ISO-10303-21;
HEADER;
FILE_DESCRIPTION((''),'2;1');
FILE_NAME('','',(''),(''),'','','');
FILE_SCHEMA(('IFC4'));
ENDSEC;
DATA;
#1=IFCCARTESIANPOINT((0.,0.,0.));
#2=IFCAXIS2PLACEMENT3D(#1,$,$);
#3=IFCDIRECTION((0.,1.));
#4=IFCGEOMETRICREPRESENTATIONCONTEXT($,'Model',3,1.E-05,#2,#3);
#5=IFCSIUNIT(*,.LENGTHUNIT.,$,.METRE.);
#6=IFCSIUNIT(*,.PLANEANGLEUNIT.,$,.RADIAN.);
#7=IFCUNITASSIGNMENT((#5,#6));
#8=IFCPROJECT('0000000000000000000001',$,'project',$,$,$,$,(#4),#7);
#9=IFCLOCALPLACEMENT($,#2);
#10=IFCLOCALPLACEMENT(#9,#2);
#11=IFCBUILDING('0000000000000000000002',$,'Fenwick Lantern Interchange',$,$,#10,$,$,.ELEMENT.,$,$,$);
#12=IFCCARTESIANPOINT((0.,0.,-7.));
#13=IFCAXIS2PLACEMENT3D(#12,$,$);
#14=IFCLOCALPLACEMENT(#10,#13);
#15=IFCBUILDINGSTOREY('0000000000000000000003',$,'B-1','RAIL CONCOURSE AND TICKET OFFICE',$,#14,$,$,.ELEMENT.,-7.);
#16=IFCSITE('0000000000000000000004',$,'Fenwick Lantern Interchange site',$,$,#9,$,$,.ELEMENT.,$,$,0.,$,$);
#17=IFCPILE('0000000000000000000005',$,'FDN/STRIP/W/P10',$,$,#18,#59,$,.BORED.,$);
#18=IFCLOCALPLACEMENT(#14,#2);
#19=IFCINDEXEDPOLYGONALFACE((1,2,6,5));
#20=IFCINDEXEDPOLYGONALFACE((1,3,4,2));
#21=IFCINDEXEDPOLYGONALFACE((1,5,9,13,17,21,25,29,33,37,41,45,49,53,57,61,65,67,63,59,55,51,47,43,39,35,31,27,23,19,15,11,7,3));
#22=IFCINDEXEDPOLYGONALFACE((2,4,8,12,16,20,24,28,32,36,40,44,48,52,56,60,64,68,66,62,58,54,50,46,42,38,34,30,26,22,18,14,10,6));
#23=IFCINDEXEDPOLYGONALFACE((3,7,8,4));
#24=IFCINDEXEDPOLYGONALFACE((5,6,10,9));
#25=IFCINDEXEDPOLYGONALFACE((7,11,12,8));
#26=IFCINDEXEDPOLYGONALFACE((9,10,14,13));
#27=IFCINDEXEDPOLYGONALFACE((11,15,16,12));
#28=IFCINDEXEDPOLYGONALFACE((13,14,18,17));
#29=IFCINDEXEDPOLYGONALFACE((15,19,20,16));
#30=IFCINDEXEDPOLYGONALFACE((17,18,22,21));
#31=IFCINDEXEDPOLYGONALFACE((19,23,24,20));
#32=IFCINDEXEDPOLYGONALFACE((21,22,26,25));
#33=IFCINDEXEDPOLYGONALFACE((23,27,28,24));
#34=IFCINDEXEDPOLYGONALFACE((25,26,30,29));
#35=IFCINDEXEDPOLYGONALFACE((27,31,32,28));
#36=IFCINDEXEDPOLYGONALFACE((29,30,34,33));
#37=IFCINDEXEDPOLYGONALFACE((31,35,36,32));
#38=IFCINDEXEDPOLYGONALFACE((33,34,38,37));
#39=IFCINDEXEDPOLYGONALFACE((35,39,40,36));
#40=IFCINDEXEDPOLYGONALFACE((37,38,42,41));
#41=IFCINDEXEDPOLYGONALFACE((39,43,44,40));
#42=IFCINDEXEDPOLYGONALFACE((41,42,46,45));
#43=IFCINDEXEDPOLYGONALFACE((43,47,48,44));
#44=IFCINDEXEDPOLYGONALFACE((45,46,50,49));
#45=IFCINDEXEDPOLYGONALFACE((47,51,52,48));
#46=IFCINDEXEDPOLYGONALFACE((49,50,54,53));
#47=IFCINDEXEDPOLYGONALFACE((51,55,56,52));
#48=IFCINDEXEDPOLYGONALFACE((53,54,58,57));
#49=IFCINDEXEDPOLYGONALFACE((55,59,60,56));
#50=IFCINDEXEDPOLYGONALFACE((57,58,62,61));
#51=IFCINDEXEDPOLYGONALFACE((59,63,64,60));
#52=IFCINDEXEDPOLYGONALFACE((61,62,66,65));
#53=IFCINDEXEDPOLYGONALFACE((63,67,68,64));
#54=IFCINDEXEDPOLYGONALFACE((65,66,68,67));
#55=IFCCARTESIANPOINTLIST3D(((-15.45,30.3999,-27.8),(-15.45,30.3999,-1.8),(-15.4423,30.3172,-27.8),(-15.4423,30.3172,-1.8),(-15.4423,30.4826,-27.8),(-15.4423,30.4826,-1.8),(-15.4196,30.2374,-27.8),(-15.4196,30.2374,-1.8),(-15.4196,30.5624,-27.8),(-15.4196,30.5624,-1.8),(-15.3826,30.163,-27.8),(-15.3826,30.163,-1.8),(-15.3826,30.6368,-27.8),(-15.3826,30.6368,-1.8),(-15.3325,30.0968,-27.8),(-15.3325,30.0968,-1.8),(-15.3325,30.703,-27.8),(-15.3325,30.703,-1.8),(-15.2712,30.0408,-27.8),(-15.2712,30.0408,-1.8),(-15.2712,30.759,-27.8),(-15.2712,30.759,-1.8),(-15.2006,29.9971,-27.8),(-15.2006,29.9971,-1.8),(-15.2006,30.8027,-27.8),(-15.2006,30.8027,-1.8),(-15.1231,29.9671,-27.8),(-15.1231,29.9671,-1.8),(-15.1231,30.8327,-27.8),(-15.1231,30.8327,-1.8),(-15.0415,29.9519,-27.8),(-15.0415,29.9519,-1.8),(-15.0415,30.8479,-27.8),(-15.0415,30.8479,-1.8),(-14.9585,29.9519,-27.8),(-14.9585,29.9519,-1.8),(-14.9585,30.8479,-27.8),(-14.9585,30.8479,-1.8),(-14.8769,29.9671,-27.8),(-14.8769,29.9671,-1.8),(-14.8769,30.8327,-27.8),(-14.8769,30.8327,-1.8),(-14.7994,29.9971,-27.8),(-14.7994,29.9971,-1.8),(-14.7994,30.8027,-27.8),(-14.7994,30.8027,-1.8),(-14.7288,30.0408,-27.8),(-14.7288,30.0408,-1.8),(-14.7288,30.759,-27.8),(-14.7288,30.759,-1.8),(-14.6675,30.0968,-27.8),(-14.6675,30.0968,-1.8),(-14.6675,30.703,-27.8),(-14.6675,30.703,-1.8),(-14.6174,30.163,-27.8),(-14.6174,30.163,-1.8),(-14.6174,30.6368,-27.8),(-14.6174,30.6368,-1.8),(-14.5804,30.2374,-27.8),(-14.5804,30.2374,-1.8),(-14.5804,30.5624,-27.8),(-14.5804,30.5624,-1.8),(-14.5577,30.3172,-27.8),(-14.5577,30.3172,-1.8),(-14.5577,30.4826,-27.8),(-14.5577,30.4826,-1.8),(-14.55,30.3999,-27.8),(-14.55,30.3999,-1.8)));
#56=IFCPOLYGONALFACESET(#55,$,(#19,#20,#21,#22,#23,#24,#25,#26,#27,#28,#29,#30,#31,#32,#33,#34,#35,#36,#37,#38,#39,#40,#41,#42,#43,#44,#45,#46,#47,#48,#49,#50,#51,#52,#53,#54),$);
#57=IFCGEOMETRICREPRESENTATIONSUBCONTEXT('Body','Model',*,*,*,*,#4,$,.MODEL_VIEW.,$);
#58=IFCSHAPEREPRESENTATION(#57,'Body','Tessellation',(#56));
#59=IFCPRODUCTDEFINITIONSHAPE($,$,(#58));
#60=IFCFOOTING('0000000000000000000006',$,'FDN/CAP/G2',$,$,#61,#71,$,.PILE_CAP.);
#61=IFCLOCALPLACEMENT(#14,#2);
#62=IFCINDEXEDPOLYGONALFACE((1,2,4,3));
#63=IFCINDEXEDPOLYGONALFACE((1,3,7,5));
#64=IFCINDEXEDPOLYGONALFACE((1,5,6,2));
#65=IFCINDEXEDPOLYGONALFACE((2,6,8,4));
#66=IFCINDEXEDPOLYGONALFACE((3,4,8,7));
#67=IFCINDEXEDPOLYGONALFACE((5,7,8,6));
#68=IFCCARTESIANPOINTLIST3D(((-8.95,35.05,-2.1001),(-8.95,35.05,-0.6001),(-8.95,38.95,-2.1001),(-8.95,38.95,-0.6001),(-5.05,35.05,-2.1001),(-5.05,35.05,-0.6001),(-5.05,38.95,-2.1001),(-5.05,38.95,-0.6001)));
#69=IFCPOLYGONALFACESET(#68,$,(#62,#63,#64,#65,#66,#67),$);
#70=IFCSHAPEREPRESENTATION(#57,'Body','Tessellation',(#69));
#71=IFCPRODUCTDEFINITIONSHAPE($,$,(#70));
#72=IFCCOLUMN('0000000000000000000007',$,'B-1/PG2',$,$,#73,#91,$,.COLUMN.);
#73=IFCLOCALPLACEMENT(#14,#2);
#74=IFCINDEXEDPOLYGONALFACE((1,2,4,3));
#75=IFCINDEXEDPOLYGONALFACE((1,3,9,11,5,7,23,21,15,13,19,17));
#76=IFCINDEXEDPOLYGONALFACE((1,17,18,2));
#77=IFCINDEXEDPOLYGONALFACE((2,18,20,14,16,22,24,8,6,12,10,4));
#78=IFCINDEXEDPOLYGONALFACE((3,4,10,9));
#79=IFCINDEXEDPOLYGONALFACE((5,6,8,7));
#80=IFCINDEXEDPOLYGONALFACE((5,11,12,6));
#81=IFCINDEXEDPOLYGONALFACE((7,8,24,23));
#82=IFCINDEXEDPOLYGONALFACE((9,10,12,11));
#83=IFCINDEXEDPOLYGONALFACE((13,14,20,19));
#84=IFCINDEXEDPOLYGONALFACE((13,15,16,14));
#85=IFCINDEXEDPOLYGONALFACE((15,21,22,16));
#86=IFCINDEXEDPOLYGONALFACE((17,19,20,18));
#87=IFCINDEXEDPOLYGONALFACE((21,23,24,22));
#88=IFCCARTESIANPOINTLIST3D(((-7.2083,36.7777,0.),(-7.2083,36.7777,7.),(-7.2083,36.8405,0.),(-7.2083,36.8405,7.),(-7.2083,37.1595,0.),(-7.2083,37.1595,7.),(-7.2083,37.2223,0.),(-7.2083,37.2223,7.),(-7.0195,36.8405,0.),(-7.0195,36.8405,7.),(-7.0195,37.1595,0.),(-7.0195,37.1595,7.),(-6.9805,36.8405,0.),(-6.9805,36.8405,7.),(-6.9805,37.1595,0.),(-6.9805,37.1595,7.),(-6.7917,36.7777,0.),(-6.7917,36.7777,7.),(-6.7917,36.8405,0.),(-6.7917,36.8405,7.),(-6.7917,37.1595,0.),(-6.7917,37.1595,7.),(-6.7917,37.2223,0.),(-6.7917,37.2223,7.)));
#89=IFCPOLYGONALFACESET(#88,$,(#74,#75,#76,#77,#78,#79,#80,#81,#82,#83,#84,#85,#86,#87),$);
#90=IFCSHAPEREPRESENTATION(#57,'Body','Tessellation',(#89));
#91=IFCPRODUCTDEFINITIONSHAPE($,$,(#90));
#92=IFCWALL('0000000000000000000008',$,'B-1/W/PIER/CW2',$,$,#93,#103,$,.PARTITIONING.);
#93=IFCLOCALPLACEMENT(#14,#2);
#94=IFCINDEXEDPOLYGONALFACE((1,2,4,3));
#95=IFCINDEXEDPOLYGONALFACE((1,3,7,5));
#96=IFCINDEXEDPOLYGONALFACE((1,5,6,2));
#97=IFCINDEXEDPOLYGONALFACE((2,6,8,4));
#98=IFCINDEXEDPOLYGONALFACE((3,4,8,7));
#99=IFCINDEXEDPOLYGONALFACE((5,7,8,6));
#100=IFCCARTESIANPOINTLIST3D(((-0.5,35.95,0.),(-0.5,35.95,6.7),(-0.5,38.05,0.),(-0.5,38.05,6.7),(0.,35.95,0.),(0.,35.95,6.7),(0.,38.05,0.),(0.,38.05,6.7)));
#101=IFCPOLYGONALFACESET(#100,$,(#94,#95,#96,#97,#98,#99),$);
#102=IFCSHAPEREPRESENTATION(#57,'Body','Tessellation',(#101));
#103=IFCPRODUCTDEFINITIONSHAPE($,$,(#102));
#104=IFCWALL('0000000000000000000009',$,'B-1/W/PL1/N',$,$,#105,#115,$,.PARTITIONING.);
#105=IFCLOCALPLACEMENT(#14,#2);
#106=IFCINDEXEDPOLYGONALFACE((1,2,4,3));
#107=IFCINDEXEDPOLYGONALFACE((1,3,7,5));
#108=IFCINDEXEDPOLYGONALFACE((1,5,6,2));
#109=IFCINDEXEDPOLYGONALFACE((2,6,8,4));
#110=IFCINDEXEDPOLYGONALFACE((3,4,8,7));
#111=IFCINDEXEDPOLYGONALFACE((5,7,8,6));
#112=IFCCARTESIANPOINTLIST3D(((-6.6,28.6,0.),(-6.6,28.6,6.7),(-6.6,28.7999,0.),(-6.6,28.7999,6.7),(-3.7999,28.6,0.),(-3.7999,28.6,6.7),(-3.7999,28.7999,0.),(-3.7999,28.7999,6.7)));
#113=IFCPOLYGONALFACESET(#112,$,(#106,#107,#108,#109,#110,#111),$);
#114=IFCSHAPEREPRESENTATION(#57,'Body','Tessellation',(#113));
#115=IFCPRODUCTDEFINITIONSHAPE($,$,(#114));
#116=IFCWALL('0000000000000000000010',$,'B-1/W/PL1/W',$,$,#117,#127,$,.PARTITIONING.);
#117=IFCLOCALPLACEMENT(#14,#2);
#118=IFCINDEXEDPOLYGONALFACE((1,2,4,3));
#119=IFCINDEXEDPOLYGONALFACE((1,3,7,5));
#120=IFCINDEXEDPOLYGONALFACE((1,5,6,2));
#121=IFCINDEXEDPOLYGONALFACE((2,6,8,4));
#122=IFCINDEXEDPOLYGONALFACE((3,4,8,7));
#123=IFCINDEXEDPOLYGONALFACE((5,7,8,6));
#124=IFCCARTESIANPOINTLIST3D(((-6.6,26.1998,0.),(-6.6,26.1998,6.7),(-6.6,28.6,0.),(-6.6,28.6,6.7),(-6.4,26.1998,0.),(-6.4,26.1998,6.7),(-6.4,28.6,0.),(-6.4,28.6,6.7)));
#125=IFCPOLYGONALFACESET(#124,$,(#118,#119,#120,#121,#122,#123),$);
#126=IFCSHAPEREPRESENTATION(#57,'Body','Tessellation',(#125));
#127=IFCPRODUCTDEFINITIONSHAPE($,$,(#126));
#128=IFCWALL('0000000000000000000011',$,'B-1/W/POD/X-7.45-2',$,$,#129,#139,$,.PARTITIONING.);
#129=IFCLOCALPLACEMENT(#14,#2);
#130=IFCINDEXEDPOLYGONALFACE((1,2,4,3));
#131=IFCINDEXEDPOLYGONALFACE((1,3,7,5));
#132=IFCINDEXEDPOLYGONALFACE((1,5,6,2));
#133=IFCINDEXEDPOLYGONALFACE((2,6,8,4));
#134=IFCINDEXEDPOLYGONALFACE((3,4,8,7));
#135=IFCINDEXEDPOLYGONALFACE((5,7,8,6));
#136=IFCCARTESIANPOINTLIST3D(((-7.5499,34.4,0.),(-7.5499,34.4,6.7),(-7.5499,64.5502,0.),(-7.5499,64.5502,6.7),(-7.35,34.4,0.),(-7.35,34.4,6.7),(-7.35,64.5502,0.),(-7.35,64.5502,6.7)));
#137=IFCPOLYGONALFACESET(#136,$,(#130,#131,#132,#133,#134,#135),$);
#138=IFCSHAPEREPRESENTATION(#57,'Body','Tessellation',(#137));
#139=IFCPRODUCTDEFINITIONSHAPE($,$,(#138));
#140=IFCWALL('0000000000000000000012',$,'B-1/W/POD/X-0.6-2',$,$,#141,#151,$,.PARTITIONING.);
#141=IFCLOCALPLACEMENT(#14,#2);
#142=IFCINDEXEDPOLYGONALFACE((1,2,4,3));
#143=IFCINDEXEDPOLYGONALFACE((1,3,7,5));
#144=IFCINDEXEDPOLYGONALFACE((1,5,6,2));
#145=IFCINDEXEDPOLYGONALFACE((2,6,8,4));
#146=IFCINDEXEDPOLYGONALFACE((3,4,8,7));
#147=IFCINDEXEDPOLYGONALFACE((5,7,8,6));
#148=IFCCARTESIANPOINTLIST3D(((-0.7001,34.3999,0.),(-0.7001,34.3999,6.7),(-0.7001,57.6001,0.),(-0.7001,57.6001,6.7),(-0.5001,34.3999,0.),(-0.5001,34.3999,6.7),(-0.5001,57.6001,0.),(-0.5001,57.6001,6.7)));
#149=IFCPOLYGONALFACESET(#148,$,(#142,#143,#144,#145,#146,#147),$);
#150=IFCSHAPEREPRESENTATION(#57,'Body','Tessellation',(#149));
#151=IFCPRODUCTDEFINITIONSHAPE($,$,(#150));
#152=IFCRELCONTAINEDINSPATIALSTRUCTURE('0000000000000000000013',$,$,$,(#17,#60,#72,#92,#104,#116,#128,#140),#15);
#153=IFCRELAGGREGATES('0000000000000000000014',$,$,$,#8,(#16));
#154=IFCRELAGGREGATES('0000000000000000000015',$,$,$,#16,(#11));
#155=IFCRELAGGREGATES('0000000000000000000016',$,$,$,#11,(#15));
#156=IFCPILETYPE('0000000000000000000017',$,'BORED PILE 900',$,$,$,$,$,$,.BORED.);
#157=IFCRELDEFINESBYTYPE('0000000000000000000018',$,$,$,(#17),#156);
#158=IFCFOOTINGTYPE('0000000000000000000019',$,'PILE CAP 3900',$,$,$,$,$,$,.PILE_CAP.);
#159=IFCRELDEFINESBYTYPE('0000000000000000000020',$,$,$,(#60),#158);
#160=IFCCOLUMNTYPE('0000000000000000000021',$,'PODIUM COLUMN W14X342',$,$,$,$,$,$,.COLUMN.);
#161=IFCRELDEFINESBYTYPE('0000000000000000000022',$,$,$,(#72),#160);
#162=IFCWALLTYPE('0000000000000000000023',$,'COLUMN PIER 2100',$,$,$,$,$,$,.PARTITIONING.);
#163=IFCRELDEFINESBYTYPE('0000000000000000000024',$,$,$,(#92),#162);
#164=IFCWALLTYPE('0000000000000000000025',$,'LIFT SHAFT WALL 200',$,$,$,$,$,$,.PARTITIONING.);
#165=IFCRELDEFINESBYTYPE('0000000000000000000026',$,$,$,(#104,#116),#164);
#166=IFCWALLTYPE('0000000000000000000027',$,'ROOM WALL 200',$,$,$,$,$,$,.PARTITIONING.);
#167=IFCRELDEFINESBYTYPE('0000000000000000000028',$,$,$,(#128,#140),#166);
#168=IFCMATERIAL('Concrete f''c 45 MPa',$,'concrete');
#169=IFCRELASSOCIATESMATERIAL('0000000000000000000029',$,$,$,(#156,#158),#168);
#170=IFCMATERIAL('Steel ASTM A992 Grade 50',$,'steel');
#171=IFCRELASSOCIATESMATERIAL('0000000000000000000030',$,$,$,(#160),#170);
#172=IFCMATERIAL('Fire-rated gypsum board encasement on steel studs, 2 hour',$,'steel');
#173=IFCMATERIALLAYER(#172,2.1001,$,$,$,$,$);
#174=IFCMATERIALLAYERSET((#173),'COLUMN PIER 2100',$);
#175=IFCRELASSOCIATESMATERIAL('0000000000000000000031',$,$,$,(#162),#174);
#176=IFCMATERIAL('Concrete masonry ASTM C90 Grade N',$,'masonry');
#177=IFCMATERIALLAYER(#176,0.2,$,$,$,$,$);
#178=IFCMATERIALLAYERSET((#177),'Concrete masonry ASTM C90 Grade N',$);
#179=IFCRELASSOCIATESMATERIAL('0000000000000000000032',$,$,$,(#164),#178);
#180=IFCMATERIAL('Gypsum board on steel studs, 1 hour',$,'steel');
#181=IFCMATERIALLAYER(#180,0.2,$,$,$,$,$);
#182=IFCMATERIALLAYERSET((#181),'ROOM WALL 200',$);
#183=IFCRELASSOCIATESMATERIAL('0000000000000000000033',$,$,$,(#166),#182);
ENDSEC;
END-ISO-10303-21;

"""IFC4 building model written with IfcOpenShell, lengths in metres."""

from ifc_helpers import new_model, si_unit, direction, frame, frame_2d, origin, origin_2d, place, context, subcontext, project, spatial, rectangle, circle, i_section, extrude, material, layer, layer_set, material_profile, profile_set, type_object, element, save


model = new_model("IFC4")

# Units and contexts
model_context = context("Model", 3, precision=1e-05, world=origin(), true_north=direction((0.0, 1.0)))
body_context = subcontext(model_context, "Body", "Model", "MODEL_VIEW")
ifc_project = project(units=[si_unit("LENGTHUNIT", "METRE"), si_unit("PLANEANGLEUNIT", "RADIAN")], contexts=[model_context])

# Site, building, storey
site_placement = place(None, origin())
site = spatial("IfcSite", under=ifc_project, at=site_placement, Name="Fenwick Lantern Interchange site", CompositionType="ELEMENT", RefElevation=0.0)
building_placement = place(site_placement, origin())
building = spatial("IfcBuilding", under=site, at=building_placement, Name="Fenwick Lantern Interchange", CompositionType="ELEMENT")
storey_placement = place(building_placement, frame((0.0, 0.0, -7.0)))
storey = spatial("IfcBuildingStorey", under=building, at=storey_placement, Name="B-1", Description="RAIL CONCOURSE AND TICKET OFFICE", CompositionType="ELEMENT", Elevation=-7.0)

# Pile
ifc_material_1 = material(Name="Concrete f'c 45 MPa", Category="concrete")
pile_type_1 = type_object("IfcPileType", Name="BORED PILE 900", PredefinedType="BORED", material=ifc_material_1)
for number, where, z_axis, x_axis, name in (
    (1, (-15.0, 30.3999, -1.8), (0.0, 0.0, -1.0), (1.0, 0.0, 0.0), "FDN/STRIP/W/P10"),
):
    element("IfcPile", number, at=place(storey_placement, frame(where, z_axis=z_axis, x_axis=x_axis)), inside=storey, type_object=pile_type_1, Name=name, PredefinedType="BORED", context=body_context, shape_type="SweptSolid", body=[
        extrude(circle(Radius=0.45, at=origin_2d()), origin(), (0.0, 0.0, 1.0), 26.0),
    ])

# Footing
footing_type = type_object("IfcFootingType", Name="PILE CAP 3900", PredefinedType="PILE_CAP", material=ifc_material_1)
footing_placement = place(storey_placement, frame((-7.0, 37.0, -2.1001), z_axis=(0.0, 0.0, 1.0), x_axis=(1.0, 0.0, 0.0)))
element("IfcFooting", 2, at=footing_placement, inside=storey, type_object=footing_type, Name="FDN/CAP/G2", PredefinedType="PILE_CAP", context=body_context, shape_type="SweptSolid", body=[
    extrude(rectangle(XDim=3.8999, YDim=3.8999, at=origin_2d()), origin(), (0.0, 0.0, 1.0), 1.5),
])

# Column
ifc_material_2 = material(Name="Steel ASTM A992 Grade 50", Category="steel")
ifc_material_profile = material_profile(ifc_material_2, i_section(OverallWidth=0.4165, OverallDepth=0.4446, WebThickness=0.0391, FlangeThickness=0.0627, at=origin_2d()), Name="W14X342")
ifc_profile_set = profile_set([ifc_material_profile], Name="Steel ASTM A992 Grade 50")
column_type = type_object("IfcColumnType", Name="PODIUM COLUMN W14X342", PredefinedType="COLUMN", material=ifc_profile_set)
column_placement = place(storey_placement, frame((-7.0, 37.0, 0.0), z_axis=(0.0, 0.0, 1.0), x_axis=(1.0, 0.0, 0.0)))
element("IfcColumn", 3, at=column_placement, inside=storey, type_object=column_type, Name="B-1/PG2", PredefinedType="COLUMN", context=body_context, shape_type="SweptSolid", body=[
    extrude(i_section(OverallWidth=0.4165, OverallDepth=0.4446, WebThickness=0.0391, FlangeThickness=0.0627, at=origin_2d()), origin(), (0.0, 0.0, 1.0), 7.0),
])

# Walls
ifc_material_3 = material(Name="Fire-rated gypsum board encasement on steel studs, 2 hour", Category="steel")
ifc_layer_1 = layer(ifc_material_3, 2.1001)
ifc_layer_set_1 = layer_set([ifc_layer_1], Name="COLUMN PIER 2100")
wall_type_1 = type_object("IfcWallType", Name="COLUMN PIER 2100", PredefinedType="PARTITIONING", material=ifc_layer_set_1)
wall_1_placement = place(storey_placement, frame((-0.5, 37.0, 0.0), z_axis=(0.0, 0.0, 1.0), x_axis=(1.0, 0.0, 0.0)))
element("IfcWall", 4, at=wall_1_placement, inside=storey, type_object=wall_type_1, Name="B-1/W/PIER/CW2", PredefinedType="PARTITIONING", context=body_context, shape_type="SweptSolid", body=[
    extrude(rectangle(XDim=0.5, YDim=2.1001, at=frame_2d((0.25, 0.0))), origin(), (0.0, 0.0, 1.0), 6.7),
])
ifc_material_4 = material(Name="Concrete masonry ASTM C90 Grade N", Category="masonry")
ifc_layer_2 = layer(ifc_material_4, 0.2)
ifc_layer_set_2 = layer_set([ifc_layer_2], Name="Concrete masonry ASTM C90 Grade N")
wall_type_2 = type_object("IfcWallType", Name="LIFT SHAFT WALL 200", PredefinedType="PARTITIONING", material=ifc_layer_set_2)
wall_2_placement = place(storey_placement, frame((-3.8, 28.7, 0.0), z_axis=(0.0, 0.0, 1.0), x_axis=(-1.0, 0.0, 0.0)))
element("IfcWall", 5, at=wall_2_placement, inside=storey, type_object=wall_type_2, Name="B-1/W/PL1/N", PredefinedType="PARTITIONING", context=body_context, shape_type="SweptSolid", body=[
    extrude(rectangle(XDim=2.8, YDim=0.2, at=frame_2d((1.3999, 0.0))), origin(), (0.0, 0.0, 1.0), 6.7),
])
wall_3_placement = place(storey_placement, frame((-6.5, 28.6001, 0.0), z_axis=(0.0, 0.0, 1.0), x_axis=(0.0, -1.0, 0.0)))
element("IfcWall", 6, at=wall_3_placement, inside=storey, type_object=wall_type_2, Name="B-1/W/PL1/W", PredefinedType="PARTITIONING", context=body_context, shape_type="SweptSolid", body=[
    extrude(rectangle(XDim=2.4001, YDim=0.2, at=frame_2d((1.2002, 0.0))), origin(), (0.0, 0.0, 1.0), 6.7),
])
ifc_material_5 = material(Name="Gypsum board on steel studs, 1 hour", Category="steel")
ifc_layer_3 = layer(ifc_material_5, 0.2)
ifc_layer_set_3 = layer_set([ifc_layer_3], Name="ROOM WALL 200")
wall_type_3 = type_object("IfcWallType", Name="ROOM WALL 200", PredefinedType="PARTITIONING", material=ifc_layer_set_3)
wall_4_placement = place(storey_placement, frame((-7.45, 34.3999, 0.0), z_axis=(0.0, 0.0, 1.0), x_axis=(0.0, 1.0, 0.0)))
element("IfcWall", 7, at=wall_4_placement, inside=storey, type_object=wall_type_3, Name="B-1/W/POD/X-7.45-2", PredefinedType="PARTITIONING", context=body_context, shape_type="SweptSolid", body=[
    extrude(rectangle(XDim=30.1501, YDim=0.2, at=frame_2d((15.0752, 0.0))), origin(), (0.0, 0.0, 1.0), 6.7),
])
wall_5_placement = place(storey_placement, frame((-0.6001, 34.3999, 0.0), z_axis=(0.0, 0.0, 1.0), x_axis=(0.0, 1.0, 0.0)))
element("IfcWall", 8, at=wall_5_placement, inside=storey, type_object=wall_type_3, Name="B-1/W/POD/X-0.6-2", PredefinedType="PARTITIONING", context=body_context, shape_type="SweptSolid", body=[
    extrude(rectangle(XDim=23.2002, YDim=0.2, at=frame_2d((11.6001, 0.0))), origin(), (0.0, 0.0, 1.0), 6.7),
])

save(model, "model.ifc")
